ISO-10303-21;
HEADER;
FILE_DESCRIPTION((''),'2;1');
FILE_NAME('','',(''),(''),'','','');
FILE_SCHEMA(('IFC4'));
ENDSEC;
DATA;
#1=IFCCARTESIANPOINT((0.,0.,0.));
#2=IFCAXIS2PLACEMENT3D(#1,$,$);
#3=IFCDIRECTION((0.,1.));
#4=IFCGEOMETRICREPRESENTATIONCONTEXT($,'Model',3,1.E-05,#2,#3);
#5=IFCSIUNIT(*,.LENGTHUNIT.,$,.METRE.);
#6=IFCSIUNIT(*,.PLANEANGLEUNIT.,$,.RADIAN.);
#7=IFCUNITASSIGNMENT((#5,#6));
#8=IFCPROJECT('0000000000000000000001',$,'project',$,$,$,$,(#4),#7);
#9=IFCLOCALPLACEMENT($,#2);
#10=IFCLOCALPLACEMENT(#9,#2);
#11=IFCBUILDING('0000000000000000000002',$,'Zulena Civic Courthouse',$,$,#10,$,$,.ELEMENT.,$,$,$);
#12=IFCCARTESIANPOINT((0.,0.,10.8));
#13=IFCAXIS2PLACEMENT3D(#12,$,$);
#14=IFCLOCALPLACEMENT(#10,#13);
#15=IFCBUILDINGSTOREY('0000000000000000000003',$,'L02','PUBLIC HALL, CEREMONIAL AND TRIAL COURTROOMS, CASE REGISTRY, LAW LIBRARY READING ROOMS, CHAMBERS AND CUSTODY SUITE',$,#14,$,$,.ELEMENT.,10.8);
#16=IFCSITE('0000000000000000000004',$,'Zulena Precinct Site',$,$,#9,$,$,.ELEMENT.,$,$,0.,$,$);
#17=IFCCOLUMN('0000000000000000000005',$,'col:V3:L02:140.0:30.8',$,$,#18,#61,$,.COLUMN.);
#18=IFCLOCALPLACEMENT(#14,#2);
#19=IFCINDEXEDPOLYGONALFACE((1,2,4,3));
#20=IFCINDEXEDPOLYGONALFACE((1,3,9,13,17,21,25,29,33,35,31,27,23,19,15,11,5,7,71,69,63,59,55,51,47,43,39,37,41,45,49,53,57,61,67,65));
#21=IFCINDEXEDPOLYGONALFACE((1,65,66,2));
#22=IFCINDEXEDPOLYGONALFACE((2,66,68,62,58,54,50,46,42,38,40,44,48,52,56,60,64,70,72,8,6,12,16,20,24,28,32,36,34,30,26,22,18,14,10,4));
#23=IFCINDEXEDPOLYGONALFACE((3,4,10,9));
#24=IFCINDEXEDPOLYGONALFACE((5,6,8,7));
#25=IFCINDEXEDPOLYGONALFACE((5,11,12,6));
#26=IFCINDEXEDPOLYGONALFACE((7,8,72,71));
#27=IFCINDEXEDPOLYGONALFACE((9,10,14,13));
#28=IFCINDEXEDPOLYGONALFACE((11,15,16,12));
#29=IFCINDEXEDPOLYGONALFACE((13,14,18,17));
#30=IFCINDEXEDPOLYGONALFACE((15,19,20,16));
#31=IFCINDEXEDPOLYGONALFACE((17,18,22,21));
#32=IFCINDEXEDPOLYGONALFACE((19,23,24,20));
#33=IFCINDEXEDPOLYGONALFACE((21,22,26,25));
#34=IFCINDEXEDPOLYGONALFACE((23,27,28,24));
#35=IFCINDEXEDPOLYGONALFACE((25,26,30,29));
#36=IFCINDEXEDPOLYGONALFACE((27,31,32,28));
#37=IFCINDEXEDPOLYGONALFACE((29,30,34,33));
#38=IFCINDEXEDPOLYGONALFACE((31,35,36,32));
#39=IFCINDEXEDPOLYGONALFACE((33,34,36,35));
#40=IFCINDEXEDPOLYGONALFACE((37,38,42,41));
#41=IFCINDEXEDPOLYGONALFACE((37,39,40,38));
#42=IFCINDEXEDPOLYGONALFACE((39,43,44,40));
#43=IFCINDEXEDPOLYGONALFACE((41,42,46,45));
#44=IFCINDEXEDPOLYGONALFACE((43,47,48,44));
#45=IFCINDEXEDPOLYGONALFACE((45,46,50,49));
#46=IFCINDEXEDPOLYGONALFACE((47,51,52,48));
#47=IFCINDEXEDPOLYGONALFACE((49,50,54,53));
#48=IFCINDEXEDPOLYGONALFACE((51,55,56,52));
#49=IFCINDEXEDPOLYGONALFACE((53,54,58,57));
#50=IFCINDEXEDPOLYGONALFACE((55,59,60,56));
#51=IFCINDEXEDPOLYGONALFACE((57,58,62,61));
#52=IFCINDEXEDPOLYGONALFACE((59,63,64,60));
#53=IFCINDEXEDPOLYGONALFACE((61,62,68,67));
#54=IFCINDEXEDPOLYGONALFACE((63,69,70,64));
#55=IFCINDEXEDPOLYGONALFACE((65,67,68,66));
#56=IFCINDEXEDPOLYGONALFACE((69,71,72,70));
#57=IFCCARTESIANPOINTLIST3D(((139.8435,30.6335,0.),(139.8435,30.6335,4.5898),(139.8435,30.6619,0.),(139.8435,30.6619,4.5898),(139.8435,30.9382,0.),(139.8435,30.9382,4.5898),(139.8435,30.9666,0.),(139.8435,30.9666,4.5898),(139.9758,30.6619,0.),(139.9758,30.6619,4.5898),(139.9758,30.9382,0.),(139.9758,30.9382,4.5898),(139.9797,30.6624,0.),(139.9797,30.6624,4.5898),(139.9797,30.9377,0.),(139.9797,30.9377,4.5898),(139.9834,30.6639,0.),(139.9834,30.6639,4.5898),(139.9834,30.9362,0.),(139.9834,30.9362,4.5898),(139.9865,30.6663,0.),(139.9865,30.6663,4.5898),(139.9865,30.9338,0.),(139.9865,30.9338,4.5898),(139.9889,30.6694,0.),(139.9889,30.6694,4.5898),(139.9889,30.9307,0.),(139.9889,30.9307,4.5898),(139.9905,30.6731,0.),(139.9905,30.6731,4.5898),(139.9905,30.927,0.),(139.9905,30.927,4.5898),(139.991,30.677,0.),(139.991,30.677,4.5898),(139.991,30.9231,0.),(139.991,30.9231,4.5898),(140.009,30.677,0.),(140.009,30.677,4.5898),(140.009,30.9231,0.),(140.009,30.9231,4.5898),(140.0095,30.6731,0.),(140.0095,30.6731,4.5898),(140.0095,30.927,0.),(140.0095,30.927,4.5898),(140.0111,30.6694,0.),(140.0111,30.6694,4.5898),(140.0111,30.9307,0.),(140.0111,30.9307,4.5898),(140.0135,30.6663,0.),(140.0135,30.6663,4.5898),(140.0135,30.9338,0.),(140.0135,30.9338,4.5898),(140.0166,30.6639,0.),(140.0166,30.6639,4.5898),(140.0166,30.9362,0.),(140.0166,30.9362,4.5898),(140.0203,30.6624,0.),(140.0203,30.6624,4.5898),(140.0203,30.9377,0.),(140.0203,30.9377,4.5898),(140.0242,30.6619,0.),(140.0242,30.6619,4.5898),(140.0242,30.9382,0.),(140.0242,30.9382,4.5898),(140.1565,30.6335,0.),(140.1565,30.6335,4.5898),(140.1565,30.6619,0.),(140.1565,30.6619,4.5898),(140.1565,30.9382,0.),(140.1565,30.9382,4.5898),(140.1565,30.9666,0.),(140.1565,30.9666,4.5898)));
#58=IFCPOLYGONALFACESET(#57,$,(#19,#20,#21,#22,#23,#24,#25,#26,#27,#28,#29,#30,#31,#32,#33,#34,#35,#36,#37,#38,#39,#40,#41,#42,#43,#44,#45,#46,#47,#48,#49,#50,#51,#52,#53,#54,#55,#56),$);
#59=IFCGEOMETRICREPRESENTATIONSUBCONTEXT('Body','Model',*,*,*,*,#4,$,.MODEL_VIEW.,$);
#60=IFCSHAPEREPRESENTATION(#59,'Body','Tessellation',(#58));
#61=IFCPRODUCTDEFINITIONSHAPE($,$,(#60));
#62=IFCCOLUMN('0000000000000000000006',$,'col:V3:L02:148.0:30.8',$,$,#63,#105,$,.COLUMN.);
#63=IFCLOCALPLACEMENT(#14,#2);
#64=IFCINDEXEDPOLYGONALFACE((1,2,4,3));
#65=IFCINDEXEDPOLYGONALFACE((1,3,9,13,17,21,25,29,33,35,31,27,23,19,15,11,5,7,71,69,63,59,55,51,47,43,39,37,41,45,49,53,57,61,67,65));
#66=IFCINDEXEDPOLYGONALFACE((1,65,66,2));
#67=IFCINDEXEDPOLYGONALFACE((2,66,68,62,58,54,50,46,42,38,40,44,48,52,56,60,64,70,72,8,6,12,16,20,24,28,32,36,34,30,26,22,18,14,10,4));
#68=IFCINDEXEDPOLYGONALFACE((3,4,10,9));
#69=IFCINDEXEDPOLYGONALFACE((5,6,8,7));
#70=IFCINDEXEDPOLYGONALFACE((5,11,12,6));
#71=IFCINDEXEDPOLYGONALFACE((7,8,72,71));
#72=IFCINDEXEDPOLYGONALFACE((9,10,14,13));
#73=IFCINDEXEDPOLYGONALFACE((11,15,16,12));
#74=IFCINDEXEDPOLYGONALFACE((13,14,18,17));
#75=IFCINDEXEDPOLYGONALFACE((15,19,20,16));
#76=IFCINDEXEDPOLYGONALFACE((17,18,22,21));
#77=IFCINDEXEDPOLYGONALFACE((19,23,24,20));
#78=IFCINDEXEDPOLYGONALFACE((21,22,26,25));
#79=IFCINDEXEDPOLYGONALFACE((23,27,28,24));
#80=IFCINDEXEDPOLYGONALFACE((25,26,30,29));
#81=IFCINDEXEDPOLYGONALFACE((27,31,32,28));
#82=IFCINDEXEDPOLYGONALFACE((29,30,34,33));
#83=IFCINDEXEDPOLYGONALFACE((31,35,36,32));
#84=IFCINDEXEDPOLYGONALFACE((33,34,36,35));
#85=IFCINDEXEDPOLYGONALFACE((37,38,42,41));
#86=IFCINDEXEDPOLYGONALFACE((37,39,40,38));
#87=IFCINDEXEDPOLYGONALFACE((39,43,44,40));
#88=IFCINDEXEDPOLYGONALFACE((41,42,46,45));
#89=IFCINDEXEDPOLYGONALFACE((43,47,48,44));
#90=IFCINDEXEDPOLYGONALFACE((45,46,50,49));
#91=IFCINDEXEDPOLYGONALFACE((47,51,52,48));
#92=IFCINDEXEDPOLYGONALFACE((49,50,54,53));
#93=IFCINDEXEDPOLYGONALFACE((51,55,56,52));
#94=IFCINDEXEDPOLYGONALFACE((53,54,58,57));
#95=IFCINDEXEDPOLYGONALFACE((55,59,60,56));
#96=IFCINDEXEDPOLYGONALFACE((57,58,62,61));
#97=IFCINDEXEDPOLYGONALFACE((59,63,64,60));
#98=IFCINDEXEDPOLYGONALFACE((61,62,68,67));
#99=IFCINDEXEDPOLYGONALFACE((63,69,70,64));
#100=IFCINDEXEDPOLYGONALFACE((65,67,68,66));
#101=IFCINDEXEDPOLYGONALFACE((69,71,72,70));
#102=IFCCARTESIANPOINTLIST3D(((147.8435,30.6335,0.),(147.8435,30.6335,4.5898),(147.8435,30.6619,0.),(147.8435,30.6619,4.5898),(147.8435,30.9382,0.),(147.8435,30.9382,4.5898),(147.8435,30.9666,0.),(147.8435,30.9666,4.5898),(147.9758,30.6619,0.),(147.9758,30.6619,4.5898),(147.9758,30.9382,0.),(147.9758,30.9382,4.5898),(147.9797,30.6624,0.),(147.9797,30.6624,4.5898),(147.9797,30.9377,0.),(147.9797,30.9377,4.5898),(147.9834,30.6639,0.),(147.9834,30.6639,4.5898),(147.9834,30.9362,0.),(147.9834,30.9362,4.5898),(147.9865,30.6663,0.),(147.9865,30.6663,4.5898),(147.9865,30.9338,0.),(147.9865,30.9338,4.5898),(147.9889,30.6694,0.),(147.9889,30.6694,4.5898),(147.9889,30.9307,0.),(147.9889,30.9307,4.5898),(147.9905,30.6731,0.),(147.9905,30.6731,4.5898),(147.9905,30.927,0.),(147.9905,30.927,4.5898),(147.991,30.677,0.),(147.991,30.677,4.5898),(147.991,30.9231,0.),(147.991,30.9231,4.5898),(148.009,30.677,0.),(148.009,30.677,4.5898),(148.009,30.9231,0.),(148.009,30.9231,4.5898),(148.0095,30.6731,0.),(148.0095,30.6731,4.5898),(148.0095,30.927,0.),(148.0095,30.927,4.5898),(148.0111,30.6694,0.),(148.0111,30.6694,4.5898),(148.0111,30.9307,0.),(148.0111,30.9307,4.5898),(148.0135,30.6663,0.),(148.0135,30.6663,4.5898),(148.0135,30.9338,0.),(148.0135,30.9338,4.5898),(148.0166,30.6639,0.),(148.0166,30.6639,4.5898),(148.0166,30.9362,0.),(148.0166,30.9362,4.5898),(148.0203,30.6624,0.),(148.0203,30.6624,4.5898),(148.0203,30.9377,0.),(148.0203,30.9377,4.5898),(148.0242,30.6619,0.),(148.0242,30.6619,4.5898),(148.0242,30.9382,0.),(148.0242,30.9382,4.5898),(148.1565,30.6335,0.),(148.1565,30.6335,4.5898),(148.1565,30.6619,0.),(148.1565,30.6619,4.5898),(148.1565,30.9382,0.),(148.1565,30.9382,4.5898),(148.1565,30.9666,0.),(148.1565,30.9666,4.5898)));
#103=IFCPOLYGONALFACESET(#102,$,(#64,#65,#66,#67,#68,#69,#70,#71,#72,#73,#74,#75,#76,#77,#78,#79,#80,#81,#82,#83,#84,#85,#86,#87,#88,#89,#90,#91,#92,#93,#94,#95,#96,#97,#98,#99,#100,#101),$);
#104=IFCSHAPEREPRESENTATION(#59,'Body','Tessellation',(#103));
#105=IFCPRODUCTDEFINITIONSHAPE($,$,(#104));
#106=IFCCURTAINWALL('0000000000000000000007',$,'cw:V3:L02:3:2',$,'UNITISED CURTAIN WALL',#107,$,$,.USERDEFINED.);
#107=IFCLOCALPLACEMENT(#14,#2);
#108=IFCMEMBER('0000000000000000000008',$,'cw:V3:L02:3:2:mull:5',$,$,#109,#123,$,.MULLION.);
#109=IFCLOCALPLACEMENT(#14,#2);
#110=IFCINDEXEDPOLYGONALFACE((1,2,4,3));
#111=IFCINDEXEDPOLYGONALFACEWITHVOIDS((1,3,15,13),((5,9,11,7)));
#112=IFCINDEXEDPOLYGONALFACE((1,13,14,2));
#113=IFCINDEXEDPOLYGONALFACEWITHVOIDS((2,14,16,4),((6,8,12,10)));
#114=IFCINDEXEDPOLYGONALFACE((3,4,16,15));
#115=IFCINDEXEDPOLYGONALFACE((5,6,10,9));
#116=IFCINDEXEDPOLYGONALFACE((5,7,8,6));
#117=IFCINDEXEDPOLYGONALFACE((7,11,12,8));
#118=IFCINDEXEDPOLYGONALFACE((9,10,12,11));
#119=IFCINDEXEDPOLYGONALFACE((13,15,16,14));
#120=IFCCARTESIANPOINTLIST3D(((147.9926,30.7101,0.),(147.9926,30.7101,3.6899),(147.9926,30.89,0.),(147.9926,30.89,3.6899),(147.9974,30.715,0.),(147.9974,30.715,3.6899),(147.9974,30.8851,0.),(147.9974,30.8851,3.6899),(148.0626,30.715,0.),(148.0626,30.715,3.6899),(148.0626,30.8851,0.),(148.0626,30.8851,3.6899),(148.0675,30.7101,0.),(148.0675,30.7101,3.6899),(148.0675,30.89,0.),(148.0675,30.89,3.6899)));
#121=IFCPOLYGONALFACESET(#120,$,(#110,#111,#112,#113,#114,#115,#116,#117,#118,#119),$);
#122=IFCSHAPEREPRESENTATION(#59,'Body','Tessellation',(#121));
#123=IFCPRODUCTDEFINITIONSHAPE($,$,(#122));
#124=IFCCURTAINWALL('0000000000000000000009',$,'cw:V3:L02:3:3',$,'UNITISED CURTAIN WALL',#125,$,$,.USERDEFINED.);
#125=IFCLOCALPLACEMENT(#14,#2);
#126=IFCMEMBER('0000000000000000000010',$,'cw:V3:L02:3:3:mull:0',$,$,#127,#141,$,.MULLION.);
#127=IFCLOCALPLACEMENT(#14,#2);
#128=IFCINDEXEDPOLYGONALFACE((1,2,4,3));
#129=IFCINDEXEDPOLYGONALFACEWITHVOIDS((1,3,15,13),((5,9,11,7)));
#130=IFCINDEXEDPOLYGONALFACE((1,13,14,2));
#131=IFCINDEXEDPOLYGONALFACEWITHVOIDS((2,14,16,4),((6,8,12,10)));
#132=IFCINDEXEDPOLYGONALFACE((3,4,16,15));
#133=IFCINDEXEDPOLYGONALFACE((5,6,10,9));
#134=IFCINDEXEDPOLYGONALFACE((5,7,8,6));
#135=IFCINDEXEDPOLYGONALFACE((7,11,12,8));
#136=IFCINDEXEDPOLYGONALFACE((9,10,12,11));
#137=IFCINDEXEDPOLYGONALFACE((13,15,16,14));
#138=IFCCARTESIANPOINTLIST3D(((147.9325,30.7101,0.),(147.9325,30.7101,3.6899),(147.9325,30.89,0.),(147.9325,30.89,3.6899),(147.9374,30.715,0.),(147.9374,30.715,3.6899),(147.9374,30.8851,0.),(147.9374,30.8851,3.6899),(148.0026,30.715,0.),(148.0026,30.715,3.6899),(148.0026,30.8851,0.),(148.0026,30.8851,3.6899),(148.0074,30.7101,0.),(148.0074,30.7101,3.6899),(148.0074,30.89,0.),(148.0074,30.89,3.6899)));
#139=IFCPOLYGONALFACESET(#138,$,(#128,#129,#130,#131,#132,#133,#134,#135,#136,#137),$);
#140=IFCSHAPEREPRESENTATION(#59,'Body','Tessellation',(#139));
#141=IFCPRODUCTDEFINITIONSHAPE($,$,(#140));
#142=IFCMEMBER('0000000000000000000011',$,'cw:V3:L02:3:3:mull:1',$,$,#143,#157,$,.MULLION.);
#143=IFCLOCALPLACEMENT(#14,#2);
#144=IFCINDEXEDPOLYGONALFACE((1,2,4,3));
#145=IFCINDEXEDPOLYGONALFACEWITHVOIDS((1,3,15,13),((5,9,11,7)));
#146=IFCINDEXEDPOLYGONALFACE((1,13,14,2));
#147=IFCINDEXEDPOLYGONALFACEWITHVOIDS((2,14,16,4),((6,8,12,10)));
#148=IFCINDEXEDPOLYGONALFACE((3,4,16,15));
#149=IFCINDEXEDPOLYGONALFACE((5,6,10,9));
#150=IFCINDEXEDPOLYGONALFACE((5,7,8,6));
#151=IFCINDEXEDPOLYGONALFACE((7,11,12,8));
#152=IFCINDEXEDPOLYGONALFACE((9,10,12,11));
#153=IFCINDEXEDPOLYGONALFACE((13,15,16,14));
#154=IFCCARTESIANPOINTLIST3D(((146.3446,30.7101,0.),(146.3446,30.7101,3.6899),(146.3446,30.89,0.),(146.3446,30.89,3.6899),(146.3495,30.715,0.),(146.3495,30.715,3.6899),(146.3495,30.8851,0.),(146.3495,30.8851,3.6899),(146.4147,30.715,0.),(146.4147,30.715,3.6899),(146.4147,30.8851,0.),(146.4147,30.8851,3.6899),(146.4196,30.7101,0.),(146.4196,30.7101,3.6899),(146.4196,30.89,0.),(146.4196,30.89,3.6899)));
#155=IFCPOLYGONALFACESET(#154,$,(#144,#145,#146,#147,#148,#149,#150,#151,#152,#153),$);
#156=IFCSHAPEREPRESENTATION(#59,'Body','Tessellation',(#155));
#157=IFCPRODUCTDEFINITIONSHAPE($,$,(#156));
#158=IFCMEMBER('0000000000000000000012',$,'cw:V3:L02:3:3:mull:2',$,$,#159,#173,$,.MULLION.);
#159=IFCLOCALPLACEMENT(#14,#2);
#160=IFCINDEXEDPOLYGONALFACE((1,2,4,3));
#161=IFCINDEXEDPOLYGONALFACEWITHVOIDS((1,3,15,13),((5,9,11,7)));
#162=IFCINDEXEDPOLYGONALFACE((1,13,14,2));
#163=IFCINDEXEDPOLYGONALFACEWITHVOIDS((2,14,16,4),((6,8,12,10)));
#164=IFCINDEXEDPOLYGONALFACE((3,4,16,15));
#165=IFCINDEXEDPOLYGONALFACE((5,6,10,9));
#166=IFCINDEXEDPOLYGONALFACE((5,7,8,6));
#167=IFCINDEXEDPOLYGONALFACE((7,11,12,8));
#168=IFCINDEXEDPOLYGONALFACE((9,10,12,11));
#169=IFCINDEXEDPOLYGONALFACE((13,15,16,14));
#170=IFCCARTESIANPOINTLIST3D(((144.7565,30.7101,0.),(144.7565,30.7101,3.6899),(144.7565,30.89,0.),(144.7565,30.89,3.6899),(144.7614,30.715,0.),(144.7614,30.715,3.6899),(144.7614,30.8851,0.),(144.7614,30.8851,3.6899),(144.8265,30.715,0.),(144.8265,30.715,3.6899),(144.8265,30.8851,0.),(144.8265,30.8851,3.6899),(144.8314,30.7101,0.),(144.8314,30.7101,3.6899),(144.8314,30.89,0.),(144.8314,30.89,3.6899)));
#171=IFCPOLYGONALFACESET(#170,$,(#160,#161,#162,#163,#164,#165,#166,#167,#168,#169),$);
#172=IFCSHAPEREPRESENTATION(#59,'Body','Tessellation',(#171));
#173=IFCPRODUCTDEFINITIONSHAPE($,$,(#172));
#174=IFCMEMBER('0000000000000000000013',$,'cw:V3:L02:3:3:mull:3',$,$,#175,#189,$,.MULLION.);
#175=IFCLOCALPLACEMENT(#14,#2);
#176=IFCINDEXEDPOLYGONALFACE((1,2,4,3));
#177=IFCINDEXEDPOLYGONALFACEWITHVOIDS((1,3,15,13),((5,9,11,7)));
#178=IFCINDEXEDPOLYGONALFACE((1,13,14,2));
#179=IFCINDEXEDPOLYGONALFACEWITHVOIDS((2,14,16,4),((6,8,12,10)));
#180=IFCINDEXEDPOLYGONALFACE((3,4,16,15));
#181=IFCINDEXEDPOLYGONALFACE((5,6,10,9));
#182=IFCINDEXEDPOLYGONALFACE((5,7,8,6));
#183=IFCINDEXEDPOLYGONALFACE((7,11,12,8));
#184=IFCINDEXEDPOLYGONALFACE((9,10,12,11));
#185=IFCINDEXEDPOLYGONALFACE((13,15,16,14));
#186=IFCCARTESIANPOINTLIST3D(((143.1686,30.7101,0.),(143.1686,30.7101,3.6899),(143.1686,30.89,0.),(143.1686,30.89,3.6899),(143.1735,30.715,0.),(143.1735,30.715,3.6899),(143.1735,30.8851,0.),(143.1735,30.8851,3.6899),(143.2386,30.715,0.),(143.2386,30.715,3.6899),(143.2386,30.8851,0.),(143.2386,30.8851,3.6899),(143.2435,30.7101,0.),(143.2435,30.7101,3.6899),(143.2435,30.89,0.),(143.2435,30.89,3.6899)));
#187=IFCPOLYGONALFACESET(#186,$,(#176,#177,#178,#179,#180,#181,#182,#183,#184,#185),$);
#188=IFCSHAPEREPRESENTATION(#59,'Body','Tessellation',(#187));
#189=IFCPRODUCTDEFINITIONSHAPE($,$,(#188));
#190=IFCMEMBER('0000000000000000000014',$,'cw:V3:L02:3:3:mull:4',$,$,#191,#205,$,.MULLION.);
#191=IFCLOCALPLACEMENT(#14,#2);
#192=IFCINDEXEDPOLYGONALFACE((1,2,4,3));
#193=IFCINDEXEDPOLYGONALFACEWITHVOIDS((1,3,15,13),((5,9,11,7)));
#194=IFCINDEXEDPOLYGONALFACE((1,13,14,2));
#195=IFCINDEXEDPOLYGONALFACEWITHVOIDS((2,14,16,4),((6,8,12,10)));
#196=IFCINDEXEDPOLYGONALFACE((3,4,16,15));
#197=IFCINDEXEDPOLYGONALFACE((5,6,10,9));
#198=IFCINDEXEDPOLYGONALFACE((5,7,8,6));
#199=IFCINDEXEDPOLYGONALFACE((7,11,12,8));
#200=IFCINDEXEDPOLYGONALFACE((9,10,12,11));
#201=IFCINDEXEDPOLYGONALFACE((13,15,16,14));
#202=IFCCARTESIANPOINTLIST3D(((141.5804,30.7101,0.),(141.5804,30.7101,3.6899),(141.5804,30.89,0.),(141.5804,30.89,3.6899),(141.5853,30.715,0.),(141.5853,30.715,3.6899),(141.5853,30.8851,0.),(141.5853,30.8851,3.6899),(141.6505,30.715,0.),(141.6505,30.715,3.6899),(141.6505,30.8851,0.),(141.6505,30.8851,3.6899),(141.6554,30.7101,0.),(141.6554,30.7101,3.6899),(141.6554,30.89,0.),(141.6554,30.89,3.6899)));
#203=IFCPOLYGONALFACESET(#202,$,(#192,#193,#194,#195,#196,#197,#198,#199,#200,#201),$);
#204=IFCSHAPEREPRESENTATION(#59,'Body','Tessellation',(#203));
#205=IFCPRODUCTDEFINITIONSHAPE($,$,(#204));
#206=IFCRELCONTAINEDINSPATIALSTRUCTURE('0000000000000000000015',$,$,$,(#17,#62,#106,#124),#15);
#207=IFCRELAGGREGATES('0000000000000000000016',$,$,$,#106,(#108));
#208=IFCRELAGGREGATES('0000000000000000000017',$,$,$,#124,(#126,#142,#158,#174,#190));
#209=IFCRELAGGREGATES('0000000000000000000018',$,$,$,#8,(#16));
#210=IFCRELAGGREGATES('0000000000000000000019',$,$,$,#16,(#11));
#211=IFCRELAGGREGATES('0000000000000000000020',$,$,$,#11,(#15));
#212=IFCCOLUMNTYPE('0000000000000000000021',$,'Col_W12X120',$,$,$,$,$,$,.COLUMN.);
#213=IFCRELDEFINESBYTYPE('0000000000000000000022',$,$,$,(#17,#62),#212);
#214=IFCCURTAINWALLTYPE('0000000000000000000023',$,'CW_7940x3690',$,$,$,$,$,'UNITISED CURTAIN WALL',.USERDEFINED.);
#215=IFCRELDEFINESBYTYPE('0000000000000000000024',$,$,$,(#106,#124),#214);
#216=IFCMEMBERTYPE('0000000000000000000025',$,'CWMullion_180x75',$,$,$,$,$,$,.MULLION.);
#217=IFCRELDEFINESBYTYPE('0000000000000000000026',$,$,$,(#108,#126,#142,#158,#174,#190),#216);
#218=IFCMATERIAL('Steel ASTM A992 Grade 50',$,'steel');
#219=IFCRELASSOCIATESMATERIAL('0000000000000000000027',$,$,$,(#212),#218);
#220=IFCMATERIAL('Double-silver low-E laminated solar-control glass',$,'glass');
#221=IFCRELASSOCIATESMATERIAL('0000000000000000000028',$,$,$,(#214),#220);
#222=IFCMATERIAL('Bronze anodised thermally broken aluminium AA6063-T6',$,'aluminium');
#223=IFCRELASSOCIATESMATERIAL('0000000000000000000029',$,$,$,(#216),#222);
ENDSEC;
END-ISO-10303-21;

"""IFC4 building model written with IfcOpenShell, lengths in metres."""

from ifc_helpers import new_model, si_unit, direction, frame, origin, origin_2d, place, context, subcontext, project, spatial, hollow_rectangle, i_section, extrude, material, material_profile, profile_set, type_object, element, aggregate, save


model = new_model("IFC4")

# Units and contexts
model_context = context("Model", 3, precision=1e-05, world=origin(), true_north=direction((0.0, 1.0)))
body_context = subcontext(model_context, "Body", "Model", "MODEL_VIEW")
ifc_project = project(units=[si_unit("LENGTHUNIT", "METRE"), si_unit("PLANEANGLEUNIT", "RADIAN")], contexts=[model_context])

# Site, building, storey
site_placement = place(None, origin())
site = spatial("IfcSite", under=ifc_project, at=site_placement, Name="Zulena Precinct Site", CompositionType="ELEMENT", RefElevation=0.0)
building_placement = place(site_placement, origin())
building = spatial("IfcBuilding", under=site, at=building_placement, Name="Zulena Civic Courthouse", CompositionType="ELEMENT")
storey_placement = place(building_placement, frame((0.0, 0.0, 10.8)))
storey = spatial("IfcBuildingStorey", under=building, at=storey_placement, Name="L02", Description="PUBLIC HALL, CEREMONIAL AND TRIAL COURTROOMS, CASE REGISTRY, LAW LIBRARY READING ROOMS, CHAMBERS AND CUSTODY SUITE", CompositionType="ELEMENT", Elevation=10.8)

# Columns
ifc_material_1 = material(Name="Steel ASTM A992 Grade 50", Category="steel")
ifc_material_profile_1 = material_profile(ifc_material_1, i_section(OverallWidth=0.313, OverallDepth=0.333, WebThickness=0.0181, FlangeThickness=0.0283, FilletRadius=0.0151, at=origin_2d()), Name="W12X120")
ifc_profile_set_1 = profile_set([ifc_material_profile_1], Name="Steel ASTM A992 Grade 50")
column_type = type_object("IfcColumnType", Name="Col_W12X120", PredefinedType="COLUMN", material=ifc_profile_set_1)
for number, where, z_axis, x_axis, name in (
    (1, (140.0, 30.8, 0.0), (0.0, 0.0, 1.0), (1.0, 0.0, 0.0), "col:V3:L02:140.0:30.8"),
    (2, (148.0, 30.8, 0.0), (0.0, 0.0, 1.0), (1.0, 0.0, 0.0), "col:V3:L02:148.0:30.8"),
):
    element("IfcColumn", number, at=place(storey_placement, frame(where, z_axis=z_axis, x_axis=x_axis)), inside=storey, type_object=column_type, Name=name, PredefinedType="COLUMN", context=body_context, shape_type="SweptSolid", body=[
        extrude(i_section(OverallWidth=0.313, OverallDepth=0.333, WebThickness=0.0181, FlangeThickness=0.0283, FilletRadius=0.0151, at=origin_2d()), origin(), (0.0, 0.0, 1.0), 4.5898),
    ])

# Curtain wall, member
ifc_material_2 = material(Name="Double-silver low-E laminated solar-control glass", Category="glass")
curtain_wall_type = type_object("IfcCurtainWallType", Name="CW_7940x3690", ElementType="UNITISED CURTAIN WALL", PredefinedType="USERDEFINED", material=ifc_material_2)
curtain_wall_1_placement = place(storey_placement, origin())
curtain_wall_1 = element("IfcCurtainWall", 3, at=curtain_wall_1_placement, inside=storey, type_object=curtain_wall_type, Name="cw:V3:L02:3:2", ObjectType="UNITISED CURTAIN WALL", PredefinedType="USERDEFINED")
ifc_material_3 = material(Name="Bronze anodised thermally broken aluminium AA6063-T6", Category="aluminium")
ifc_material_profile_2 = material_profile(ifc_material_3, hollow_rectangle(XDim=0.075, YDim=0.1799, WallThickness=0.0049, at=origin_2d()), Name="CWM180X75X5")
ifc_profile_set_2 = profile_set([ifc_material_profile_2], Name="Bronze anodised thermally broken aluminium AA6063-T6")
member_type_1 = type_object("IfcMemberType", Name="CWMullion_180x75", PredefinedType="MULLION", material=ifc_profile_set_2)
member_1_placement = place(storey_placement, frame((148.03, 30.8, 0.0), z_axis=(0.0, 0.0, 1.0), x_axis=(1.0, 0.0, 0.0)))
member_1 = element("IfcMember", 4, at=member_1_placement, type_object=member_type_1, Name="cw:V3:L02:3:2:mull:5", PredefinedType="MULLION", context=body_context, shape_type="SweptSolid", body=[
    extrude(hollow_rectangle(XDim=0.075, YDim=0.1799, WallThickness=0.0049, at=origin_2d()), origin(), (0.0, 0.0, 1.0), 3.6899),
])
aggregate(curtain_wall_1, [member_1])

# Curtain wall, members
curtain_wall_2_placement = place(storey_placement, origin())
curtain_wall_2 = element("IfcCurtainWall", 5, at=curtain_wall_2_placement, inside=storey, type_object=curtain_wall_type, Name="cw:V3:L02:3:3", ObjectType="UNITISED CURTAIN WALL", PredefinedType="USERDEFINED")
member_2_placement = place(storey_placement, frame((147.97, 30.8, 0.0), z_axis=(0.0, 0.0, 1.0), x_axis=(1.0, 0.0, 0.0)))
member_2 = element("IfcMember", 6, at=member_2_placement, type_object=member_type_1, Name="cw:V3:L02:3:3:mull:0", PredefinedType="MULLION", context=body_context, shape_type="SweptSolid", body=[
    extrude(hollow_rectangle(XDim=0.075, YDim=0.1799, WallThickness=0.0049, at=origin_2d()), origin(), (0.0, 0.0, 1.0), 3.6899),
])
member_3_placement = place(storey_placement, frame((146.3821, 30.8, 0.0), z_axis=(0.0, 0.0, 1.0), x_axis=(1.0, 0.0, 0.0)))
member_3 = element("IfcMember", 7, at=member_3_placement, type_object=member_type_1, Name="cw:V3:L02:3:3:mull:1", PredefinedType="MULLION", context=body_context, shape_type="SweptSolid", body=[
    extrude(hollow_rectangle(XDim=0.075, YDim=0.1799, WallThickness=0.0049, at=origin_2d()), origin(), (0.0, 0.0, 1.0), 3.6899),
])
member_4_placement = place(storey_placement, frame((144.7939, 30.8, 0.0), z_axis=(0.0, 0.0, 1.0), x_axis=(1.0, 0.0, 0.0)))
member_4 = element("IfcMember", 8, at=member_4_placement, type_object=member_type_1, Name="cw:V3:L02:3:3:mull:2", PredefinedType="MULLION", context=body_context, shape_type="SweptSolid", body=[
    extrude(hollow_rectangle(XDim=0.075, YDim=0.1799, WallThickness=0.0049, at=origin_2d()), origin(), (0.0, 0.0, 1.0), 3.6899),
])
member_5_placement = place(storey_placement, frame((143.2061, 30.8, 0.0), z_axis=(0.0, 0.0, 1.0), x_axis=(1.0, 0.0, 0.0)))
member_5 = element("IfcMember", 9, at=member_5_placement, type_object=member_type_1, Name="cw:V3:L02:3:3:mull:3", PredefinedType="MULLION", context=body_context, shape_type="SweptSolid", body=[
    extrude(hollow_rectangle(XDim=0.075, YDim=0.1799, WallThickness=0.0049, at=origin_2d()), origin(), (0.0, 0.0, 1.0), 3.6899),
])
member_6_placement = place(storey_placement, frame((141.6179, 30.8, 0.0), z_axis=(0.0, 0.0, 1.0), x_axis=(1.0, 0.0, 0.0)))
member_6 = element("IfcMember", 10, at=member_6_placement, type_object=member_type_1, Name="cw:V3:L02:3:3:mull:4", PredefinedType="MULLION", context=body_context, shape_type="SweptSolid", body=[
    extrude(hollow_rectangle(XDim=0.075, YDim=0.1799, WallThickness=0.0049, at=origin_2d()), origin(), (0.0, 0.0, 1.0), 3.6899),
])

aggregate(curtain_wall_2, [member_2, member_3, member_4, member_5, member_6])

save(model, "model.ifc")
